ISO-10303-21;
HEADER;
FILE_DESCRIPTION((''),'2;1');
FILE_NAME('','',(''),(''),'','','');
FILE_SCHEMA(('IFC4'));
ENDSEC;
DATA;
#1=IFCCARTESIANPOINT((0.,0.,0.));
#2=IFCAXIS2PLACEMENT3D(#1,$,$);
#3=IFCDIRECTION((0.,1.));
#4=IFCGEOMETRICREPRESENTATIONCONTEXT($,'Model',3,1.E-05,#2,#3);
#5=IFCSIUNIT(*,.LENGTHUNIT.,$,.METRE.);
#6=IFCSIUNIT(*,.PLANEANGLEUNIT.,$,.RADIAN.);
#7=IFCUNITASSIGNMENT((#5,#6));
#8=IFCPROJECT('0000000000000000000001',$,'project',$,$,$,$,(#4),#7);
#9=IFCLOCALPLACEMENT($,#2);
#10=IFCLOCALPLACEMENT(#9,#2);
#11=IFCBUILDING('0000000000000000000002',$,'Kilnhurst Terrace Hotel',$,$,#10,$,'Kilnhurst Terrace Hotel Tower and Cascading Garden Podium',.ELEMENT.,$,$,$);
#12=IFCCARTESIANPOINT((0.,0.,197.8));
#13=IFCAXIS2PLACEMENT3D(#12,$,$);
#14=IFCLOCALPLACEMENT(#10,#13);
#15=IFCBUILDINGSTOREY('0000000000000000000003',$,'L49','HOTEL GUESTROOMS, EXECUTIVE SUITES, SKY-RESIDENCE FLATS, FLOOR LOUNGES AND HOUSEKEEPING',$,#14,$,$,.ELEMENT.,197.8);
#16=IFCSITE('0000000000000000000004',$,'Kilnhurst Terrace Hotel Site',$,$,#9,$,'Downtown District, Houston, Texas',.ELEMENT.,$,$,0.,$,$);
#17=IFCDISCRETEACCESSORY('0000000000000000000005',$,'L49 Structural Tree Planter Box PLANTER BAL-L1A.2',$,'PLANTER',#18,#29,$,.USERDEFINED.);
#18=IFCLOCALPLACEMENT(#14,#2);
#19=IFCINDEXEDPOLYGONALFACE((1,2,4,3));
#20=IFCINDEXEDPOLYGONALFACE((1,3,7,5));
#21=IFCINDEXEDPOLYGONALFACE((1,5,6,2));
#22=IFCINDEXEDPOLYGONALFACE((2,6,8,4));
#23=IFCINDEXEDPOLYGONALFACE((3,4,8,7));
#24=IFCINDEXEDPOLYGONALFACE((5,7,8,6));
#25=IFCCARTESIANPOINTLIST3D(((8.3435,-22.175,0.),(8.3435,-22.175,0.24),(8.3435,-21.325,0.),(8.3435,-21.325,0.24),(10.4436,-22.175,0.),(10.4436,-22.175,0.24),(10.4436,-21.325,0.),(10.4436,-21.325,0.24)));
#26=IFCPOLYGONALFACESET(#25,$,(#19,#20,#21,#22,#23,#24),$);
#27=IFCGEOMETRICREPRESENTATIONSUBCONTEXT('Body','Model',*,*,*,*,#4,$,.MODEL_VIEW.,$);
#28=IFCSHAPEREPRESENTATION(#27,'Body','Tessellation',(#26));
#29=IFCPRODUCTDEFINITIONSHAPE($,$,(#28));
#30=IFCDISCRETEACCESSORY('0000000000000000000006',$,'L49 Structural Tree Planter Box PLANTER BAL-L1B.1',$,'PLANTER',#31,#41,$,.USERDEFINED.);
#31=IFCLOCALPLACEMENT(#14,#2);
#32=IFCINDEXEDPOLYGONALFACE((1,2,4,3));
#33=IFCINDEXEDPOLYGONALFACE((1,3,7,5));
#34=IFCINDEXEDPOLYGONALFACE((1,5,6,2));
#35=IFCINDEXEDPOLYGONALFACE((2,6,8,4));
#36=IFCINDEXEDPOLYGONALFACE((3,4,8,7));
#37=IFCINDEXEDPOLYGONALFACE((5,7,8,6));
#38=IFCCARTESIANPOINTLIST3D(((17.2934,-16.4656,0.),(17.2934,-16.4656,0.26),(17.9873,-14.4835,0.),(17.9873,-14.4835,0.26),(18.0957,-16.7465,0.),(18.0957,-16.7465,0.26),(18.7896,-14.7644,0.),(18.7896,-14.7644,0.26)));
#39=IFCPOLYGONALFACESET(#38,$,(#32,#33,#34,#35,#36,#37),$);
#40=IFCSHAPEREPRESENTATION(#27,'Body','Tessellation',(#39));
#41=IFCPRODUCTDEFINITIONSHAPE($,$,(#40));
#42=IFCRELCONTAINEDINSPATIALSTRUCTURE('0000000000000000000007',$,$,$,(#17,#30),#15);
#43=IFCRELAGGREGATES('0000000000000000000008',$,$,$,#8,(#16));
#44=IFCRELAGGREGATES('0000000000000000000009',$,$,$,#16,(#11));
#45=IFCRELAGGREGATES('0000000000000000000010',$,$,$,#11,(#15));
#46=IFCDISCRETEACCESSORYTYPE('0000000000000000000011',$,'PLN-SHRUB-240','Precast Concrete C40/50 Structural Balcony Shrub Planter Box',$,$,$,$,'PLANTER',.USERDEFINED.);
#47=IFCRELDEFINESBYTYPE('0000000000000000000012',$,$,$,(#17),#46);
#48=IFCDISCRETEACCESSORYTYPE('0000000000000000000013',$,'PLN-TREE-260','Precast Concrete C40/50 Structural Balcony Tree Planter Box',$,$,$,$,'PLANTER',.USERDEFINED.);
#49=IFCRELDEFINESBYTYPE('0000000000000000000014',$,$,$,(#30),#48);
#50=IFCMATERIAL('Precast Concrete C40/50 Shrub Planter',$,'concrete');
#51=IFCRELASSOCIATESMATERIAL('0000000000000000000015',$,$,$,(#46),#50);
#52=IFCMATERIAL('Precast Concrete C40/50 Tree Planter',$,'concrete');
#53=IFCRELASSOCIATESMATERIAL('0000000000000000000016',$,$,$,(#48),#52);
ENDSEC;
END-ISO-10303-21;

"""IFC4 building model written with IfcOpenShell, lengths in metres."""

from ifc_helpers import new_model, si_unit, direction, frame, origin, origin_2d, place, context, subcontext, project, spatial, rectangle, extrude, material, type_object, element, save


model = new_model("IFC4")

# Units and contexts
model_context = context("Model", 3, precision=1e-05, world=origin(), true_north=direction((0.0, 1.0)))
body_context = subcontext(model_context, "Body", "Model", "MODEL_VIEW")
ifc_project = project(units=[si_unit("LENGTHUNIT", "METRE"), si_unit("PLANEANGLEUNIT", "RADIAN")], contexts=[model_context])

# Site, building, storey
site_placement = place(None, origin())
site = spatial("IfcSite", under=ifc_project, at=site_placement, Name="Kilnhurst Terrace Hotel Site", LongName="Downtown District, Houston, Texas", CompositionType="ELEMENT", RefElevation=0.0)
building_placement = place(site_placement, origin())
building = spatial("IfcBuilding", under=site, at=building_placement, Name="Kilnhurst Terrace Hotel", LongName="Kilnhurst Terrace Hotel Tower and Cascading Garden Podium", CompositionType="ELEMENT")
storey_placement = place(building_placement, frame((0.0, 0.0, 197.8)))
storey = spatial("IfcBuildingStorey", under=building, at=storey_placement, Name="L49", Description="HOTEL GUESTROOMS, EXECUTIVE SUITES, SKY-RESIDENCE FLATS, FLOOR LOUNGES AND HOUSEKEEPING", CompositionType="ELEMENT", Elevation=197.8)

# Discrete accessories
ifc_material_1 = material(Name="Precast Concrete C40/50 Shrub Planter", Category="concrete")
discrete_accessory_type_1 = type_object("IfcDiscreteAccessoryType", Name="PLN-SHRUB-240", Description="Precast Concrete C40/50 Structural Balcony Shrub Planter Box", ElementType="PLANTER", PredefinedType="USERDEFINED", material=ifc_material_1)
discrete_accessory_1_placement = place(storey_placement, frame((9.3936, -21.75, 0.0), z_axis=(0.0, 0.0, 1.0), x_axis=(1.0, 0.0, 0.0)))
element("IfcDiscreteAccessory", 1, at=discrete_accessory_1_placement, inside=storey, type_object=discrete_accessory_type_1, Name="L49 Structural Tree Planter Box PLANTER BAL-L1A.2", ObjectType="PLANTER", PredefinedType="USERDEFINED", context=body_context, shape_type="SweptSolid", body=[
    extrude(rectangle(XDim=2.1001, YDim=0.8501, at=origin_2d()), origin(), (0.0, 0.0, 1.0), 0.24),
])
ifc_material_2 = material(Name="Precast Concrete C40/50 Tree Planter", Category="concrete")
discrete_accessory_type_2 = type_object("IfcDiscreteAccessoryType", Name="PLN-TREE-260", Description="Precast Concrete C40/50 Structural Balcony Tree Planter Box", ElementType="PLANTER", PredefinedType="USERDEFINED", material=ifc_material_2)
discrete_accessory_2_placement = place(storey_placement, frame((18.0415, -15.615, 0.0), z_axis=(0.0, 0.0, 1.0), x_axis=(0.330432, 0.94383, 0.0)))
element("IfcDiscreteAccessory", 2, at=discrete_accessory_2_placement, inside=storey, type_object=discrete_accessory_type_2, Name="L49 Structural Tree Planter Box PLANTER BAL-L1B.1", ObjectType="PLANTER", PredefinedType="USERDEFINED", context=body_context, shape_type="SweptSolid", body=[
    extrude(rectangle(XDim=2.1001, YDim=0.8501, at=origin_2d()), origin(), (0.0, 0.0, 1.0), 0.26),
])

save(model, "model.ifc")
